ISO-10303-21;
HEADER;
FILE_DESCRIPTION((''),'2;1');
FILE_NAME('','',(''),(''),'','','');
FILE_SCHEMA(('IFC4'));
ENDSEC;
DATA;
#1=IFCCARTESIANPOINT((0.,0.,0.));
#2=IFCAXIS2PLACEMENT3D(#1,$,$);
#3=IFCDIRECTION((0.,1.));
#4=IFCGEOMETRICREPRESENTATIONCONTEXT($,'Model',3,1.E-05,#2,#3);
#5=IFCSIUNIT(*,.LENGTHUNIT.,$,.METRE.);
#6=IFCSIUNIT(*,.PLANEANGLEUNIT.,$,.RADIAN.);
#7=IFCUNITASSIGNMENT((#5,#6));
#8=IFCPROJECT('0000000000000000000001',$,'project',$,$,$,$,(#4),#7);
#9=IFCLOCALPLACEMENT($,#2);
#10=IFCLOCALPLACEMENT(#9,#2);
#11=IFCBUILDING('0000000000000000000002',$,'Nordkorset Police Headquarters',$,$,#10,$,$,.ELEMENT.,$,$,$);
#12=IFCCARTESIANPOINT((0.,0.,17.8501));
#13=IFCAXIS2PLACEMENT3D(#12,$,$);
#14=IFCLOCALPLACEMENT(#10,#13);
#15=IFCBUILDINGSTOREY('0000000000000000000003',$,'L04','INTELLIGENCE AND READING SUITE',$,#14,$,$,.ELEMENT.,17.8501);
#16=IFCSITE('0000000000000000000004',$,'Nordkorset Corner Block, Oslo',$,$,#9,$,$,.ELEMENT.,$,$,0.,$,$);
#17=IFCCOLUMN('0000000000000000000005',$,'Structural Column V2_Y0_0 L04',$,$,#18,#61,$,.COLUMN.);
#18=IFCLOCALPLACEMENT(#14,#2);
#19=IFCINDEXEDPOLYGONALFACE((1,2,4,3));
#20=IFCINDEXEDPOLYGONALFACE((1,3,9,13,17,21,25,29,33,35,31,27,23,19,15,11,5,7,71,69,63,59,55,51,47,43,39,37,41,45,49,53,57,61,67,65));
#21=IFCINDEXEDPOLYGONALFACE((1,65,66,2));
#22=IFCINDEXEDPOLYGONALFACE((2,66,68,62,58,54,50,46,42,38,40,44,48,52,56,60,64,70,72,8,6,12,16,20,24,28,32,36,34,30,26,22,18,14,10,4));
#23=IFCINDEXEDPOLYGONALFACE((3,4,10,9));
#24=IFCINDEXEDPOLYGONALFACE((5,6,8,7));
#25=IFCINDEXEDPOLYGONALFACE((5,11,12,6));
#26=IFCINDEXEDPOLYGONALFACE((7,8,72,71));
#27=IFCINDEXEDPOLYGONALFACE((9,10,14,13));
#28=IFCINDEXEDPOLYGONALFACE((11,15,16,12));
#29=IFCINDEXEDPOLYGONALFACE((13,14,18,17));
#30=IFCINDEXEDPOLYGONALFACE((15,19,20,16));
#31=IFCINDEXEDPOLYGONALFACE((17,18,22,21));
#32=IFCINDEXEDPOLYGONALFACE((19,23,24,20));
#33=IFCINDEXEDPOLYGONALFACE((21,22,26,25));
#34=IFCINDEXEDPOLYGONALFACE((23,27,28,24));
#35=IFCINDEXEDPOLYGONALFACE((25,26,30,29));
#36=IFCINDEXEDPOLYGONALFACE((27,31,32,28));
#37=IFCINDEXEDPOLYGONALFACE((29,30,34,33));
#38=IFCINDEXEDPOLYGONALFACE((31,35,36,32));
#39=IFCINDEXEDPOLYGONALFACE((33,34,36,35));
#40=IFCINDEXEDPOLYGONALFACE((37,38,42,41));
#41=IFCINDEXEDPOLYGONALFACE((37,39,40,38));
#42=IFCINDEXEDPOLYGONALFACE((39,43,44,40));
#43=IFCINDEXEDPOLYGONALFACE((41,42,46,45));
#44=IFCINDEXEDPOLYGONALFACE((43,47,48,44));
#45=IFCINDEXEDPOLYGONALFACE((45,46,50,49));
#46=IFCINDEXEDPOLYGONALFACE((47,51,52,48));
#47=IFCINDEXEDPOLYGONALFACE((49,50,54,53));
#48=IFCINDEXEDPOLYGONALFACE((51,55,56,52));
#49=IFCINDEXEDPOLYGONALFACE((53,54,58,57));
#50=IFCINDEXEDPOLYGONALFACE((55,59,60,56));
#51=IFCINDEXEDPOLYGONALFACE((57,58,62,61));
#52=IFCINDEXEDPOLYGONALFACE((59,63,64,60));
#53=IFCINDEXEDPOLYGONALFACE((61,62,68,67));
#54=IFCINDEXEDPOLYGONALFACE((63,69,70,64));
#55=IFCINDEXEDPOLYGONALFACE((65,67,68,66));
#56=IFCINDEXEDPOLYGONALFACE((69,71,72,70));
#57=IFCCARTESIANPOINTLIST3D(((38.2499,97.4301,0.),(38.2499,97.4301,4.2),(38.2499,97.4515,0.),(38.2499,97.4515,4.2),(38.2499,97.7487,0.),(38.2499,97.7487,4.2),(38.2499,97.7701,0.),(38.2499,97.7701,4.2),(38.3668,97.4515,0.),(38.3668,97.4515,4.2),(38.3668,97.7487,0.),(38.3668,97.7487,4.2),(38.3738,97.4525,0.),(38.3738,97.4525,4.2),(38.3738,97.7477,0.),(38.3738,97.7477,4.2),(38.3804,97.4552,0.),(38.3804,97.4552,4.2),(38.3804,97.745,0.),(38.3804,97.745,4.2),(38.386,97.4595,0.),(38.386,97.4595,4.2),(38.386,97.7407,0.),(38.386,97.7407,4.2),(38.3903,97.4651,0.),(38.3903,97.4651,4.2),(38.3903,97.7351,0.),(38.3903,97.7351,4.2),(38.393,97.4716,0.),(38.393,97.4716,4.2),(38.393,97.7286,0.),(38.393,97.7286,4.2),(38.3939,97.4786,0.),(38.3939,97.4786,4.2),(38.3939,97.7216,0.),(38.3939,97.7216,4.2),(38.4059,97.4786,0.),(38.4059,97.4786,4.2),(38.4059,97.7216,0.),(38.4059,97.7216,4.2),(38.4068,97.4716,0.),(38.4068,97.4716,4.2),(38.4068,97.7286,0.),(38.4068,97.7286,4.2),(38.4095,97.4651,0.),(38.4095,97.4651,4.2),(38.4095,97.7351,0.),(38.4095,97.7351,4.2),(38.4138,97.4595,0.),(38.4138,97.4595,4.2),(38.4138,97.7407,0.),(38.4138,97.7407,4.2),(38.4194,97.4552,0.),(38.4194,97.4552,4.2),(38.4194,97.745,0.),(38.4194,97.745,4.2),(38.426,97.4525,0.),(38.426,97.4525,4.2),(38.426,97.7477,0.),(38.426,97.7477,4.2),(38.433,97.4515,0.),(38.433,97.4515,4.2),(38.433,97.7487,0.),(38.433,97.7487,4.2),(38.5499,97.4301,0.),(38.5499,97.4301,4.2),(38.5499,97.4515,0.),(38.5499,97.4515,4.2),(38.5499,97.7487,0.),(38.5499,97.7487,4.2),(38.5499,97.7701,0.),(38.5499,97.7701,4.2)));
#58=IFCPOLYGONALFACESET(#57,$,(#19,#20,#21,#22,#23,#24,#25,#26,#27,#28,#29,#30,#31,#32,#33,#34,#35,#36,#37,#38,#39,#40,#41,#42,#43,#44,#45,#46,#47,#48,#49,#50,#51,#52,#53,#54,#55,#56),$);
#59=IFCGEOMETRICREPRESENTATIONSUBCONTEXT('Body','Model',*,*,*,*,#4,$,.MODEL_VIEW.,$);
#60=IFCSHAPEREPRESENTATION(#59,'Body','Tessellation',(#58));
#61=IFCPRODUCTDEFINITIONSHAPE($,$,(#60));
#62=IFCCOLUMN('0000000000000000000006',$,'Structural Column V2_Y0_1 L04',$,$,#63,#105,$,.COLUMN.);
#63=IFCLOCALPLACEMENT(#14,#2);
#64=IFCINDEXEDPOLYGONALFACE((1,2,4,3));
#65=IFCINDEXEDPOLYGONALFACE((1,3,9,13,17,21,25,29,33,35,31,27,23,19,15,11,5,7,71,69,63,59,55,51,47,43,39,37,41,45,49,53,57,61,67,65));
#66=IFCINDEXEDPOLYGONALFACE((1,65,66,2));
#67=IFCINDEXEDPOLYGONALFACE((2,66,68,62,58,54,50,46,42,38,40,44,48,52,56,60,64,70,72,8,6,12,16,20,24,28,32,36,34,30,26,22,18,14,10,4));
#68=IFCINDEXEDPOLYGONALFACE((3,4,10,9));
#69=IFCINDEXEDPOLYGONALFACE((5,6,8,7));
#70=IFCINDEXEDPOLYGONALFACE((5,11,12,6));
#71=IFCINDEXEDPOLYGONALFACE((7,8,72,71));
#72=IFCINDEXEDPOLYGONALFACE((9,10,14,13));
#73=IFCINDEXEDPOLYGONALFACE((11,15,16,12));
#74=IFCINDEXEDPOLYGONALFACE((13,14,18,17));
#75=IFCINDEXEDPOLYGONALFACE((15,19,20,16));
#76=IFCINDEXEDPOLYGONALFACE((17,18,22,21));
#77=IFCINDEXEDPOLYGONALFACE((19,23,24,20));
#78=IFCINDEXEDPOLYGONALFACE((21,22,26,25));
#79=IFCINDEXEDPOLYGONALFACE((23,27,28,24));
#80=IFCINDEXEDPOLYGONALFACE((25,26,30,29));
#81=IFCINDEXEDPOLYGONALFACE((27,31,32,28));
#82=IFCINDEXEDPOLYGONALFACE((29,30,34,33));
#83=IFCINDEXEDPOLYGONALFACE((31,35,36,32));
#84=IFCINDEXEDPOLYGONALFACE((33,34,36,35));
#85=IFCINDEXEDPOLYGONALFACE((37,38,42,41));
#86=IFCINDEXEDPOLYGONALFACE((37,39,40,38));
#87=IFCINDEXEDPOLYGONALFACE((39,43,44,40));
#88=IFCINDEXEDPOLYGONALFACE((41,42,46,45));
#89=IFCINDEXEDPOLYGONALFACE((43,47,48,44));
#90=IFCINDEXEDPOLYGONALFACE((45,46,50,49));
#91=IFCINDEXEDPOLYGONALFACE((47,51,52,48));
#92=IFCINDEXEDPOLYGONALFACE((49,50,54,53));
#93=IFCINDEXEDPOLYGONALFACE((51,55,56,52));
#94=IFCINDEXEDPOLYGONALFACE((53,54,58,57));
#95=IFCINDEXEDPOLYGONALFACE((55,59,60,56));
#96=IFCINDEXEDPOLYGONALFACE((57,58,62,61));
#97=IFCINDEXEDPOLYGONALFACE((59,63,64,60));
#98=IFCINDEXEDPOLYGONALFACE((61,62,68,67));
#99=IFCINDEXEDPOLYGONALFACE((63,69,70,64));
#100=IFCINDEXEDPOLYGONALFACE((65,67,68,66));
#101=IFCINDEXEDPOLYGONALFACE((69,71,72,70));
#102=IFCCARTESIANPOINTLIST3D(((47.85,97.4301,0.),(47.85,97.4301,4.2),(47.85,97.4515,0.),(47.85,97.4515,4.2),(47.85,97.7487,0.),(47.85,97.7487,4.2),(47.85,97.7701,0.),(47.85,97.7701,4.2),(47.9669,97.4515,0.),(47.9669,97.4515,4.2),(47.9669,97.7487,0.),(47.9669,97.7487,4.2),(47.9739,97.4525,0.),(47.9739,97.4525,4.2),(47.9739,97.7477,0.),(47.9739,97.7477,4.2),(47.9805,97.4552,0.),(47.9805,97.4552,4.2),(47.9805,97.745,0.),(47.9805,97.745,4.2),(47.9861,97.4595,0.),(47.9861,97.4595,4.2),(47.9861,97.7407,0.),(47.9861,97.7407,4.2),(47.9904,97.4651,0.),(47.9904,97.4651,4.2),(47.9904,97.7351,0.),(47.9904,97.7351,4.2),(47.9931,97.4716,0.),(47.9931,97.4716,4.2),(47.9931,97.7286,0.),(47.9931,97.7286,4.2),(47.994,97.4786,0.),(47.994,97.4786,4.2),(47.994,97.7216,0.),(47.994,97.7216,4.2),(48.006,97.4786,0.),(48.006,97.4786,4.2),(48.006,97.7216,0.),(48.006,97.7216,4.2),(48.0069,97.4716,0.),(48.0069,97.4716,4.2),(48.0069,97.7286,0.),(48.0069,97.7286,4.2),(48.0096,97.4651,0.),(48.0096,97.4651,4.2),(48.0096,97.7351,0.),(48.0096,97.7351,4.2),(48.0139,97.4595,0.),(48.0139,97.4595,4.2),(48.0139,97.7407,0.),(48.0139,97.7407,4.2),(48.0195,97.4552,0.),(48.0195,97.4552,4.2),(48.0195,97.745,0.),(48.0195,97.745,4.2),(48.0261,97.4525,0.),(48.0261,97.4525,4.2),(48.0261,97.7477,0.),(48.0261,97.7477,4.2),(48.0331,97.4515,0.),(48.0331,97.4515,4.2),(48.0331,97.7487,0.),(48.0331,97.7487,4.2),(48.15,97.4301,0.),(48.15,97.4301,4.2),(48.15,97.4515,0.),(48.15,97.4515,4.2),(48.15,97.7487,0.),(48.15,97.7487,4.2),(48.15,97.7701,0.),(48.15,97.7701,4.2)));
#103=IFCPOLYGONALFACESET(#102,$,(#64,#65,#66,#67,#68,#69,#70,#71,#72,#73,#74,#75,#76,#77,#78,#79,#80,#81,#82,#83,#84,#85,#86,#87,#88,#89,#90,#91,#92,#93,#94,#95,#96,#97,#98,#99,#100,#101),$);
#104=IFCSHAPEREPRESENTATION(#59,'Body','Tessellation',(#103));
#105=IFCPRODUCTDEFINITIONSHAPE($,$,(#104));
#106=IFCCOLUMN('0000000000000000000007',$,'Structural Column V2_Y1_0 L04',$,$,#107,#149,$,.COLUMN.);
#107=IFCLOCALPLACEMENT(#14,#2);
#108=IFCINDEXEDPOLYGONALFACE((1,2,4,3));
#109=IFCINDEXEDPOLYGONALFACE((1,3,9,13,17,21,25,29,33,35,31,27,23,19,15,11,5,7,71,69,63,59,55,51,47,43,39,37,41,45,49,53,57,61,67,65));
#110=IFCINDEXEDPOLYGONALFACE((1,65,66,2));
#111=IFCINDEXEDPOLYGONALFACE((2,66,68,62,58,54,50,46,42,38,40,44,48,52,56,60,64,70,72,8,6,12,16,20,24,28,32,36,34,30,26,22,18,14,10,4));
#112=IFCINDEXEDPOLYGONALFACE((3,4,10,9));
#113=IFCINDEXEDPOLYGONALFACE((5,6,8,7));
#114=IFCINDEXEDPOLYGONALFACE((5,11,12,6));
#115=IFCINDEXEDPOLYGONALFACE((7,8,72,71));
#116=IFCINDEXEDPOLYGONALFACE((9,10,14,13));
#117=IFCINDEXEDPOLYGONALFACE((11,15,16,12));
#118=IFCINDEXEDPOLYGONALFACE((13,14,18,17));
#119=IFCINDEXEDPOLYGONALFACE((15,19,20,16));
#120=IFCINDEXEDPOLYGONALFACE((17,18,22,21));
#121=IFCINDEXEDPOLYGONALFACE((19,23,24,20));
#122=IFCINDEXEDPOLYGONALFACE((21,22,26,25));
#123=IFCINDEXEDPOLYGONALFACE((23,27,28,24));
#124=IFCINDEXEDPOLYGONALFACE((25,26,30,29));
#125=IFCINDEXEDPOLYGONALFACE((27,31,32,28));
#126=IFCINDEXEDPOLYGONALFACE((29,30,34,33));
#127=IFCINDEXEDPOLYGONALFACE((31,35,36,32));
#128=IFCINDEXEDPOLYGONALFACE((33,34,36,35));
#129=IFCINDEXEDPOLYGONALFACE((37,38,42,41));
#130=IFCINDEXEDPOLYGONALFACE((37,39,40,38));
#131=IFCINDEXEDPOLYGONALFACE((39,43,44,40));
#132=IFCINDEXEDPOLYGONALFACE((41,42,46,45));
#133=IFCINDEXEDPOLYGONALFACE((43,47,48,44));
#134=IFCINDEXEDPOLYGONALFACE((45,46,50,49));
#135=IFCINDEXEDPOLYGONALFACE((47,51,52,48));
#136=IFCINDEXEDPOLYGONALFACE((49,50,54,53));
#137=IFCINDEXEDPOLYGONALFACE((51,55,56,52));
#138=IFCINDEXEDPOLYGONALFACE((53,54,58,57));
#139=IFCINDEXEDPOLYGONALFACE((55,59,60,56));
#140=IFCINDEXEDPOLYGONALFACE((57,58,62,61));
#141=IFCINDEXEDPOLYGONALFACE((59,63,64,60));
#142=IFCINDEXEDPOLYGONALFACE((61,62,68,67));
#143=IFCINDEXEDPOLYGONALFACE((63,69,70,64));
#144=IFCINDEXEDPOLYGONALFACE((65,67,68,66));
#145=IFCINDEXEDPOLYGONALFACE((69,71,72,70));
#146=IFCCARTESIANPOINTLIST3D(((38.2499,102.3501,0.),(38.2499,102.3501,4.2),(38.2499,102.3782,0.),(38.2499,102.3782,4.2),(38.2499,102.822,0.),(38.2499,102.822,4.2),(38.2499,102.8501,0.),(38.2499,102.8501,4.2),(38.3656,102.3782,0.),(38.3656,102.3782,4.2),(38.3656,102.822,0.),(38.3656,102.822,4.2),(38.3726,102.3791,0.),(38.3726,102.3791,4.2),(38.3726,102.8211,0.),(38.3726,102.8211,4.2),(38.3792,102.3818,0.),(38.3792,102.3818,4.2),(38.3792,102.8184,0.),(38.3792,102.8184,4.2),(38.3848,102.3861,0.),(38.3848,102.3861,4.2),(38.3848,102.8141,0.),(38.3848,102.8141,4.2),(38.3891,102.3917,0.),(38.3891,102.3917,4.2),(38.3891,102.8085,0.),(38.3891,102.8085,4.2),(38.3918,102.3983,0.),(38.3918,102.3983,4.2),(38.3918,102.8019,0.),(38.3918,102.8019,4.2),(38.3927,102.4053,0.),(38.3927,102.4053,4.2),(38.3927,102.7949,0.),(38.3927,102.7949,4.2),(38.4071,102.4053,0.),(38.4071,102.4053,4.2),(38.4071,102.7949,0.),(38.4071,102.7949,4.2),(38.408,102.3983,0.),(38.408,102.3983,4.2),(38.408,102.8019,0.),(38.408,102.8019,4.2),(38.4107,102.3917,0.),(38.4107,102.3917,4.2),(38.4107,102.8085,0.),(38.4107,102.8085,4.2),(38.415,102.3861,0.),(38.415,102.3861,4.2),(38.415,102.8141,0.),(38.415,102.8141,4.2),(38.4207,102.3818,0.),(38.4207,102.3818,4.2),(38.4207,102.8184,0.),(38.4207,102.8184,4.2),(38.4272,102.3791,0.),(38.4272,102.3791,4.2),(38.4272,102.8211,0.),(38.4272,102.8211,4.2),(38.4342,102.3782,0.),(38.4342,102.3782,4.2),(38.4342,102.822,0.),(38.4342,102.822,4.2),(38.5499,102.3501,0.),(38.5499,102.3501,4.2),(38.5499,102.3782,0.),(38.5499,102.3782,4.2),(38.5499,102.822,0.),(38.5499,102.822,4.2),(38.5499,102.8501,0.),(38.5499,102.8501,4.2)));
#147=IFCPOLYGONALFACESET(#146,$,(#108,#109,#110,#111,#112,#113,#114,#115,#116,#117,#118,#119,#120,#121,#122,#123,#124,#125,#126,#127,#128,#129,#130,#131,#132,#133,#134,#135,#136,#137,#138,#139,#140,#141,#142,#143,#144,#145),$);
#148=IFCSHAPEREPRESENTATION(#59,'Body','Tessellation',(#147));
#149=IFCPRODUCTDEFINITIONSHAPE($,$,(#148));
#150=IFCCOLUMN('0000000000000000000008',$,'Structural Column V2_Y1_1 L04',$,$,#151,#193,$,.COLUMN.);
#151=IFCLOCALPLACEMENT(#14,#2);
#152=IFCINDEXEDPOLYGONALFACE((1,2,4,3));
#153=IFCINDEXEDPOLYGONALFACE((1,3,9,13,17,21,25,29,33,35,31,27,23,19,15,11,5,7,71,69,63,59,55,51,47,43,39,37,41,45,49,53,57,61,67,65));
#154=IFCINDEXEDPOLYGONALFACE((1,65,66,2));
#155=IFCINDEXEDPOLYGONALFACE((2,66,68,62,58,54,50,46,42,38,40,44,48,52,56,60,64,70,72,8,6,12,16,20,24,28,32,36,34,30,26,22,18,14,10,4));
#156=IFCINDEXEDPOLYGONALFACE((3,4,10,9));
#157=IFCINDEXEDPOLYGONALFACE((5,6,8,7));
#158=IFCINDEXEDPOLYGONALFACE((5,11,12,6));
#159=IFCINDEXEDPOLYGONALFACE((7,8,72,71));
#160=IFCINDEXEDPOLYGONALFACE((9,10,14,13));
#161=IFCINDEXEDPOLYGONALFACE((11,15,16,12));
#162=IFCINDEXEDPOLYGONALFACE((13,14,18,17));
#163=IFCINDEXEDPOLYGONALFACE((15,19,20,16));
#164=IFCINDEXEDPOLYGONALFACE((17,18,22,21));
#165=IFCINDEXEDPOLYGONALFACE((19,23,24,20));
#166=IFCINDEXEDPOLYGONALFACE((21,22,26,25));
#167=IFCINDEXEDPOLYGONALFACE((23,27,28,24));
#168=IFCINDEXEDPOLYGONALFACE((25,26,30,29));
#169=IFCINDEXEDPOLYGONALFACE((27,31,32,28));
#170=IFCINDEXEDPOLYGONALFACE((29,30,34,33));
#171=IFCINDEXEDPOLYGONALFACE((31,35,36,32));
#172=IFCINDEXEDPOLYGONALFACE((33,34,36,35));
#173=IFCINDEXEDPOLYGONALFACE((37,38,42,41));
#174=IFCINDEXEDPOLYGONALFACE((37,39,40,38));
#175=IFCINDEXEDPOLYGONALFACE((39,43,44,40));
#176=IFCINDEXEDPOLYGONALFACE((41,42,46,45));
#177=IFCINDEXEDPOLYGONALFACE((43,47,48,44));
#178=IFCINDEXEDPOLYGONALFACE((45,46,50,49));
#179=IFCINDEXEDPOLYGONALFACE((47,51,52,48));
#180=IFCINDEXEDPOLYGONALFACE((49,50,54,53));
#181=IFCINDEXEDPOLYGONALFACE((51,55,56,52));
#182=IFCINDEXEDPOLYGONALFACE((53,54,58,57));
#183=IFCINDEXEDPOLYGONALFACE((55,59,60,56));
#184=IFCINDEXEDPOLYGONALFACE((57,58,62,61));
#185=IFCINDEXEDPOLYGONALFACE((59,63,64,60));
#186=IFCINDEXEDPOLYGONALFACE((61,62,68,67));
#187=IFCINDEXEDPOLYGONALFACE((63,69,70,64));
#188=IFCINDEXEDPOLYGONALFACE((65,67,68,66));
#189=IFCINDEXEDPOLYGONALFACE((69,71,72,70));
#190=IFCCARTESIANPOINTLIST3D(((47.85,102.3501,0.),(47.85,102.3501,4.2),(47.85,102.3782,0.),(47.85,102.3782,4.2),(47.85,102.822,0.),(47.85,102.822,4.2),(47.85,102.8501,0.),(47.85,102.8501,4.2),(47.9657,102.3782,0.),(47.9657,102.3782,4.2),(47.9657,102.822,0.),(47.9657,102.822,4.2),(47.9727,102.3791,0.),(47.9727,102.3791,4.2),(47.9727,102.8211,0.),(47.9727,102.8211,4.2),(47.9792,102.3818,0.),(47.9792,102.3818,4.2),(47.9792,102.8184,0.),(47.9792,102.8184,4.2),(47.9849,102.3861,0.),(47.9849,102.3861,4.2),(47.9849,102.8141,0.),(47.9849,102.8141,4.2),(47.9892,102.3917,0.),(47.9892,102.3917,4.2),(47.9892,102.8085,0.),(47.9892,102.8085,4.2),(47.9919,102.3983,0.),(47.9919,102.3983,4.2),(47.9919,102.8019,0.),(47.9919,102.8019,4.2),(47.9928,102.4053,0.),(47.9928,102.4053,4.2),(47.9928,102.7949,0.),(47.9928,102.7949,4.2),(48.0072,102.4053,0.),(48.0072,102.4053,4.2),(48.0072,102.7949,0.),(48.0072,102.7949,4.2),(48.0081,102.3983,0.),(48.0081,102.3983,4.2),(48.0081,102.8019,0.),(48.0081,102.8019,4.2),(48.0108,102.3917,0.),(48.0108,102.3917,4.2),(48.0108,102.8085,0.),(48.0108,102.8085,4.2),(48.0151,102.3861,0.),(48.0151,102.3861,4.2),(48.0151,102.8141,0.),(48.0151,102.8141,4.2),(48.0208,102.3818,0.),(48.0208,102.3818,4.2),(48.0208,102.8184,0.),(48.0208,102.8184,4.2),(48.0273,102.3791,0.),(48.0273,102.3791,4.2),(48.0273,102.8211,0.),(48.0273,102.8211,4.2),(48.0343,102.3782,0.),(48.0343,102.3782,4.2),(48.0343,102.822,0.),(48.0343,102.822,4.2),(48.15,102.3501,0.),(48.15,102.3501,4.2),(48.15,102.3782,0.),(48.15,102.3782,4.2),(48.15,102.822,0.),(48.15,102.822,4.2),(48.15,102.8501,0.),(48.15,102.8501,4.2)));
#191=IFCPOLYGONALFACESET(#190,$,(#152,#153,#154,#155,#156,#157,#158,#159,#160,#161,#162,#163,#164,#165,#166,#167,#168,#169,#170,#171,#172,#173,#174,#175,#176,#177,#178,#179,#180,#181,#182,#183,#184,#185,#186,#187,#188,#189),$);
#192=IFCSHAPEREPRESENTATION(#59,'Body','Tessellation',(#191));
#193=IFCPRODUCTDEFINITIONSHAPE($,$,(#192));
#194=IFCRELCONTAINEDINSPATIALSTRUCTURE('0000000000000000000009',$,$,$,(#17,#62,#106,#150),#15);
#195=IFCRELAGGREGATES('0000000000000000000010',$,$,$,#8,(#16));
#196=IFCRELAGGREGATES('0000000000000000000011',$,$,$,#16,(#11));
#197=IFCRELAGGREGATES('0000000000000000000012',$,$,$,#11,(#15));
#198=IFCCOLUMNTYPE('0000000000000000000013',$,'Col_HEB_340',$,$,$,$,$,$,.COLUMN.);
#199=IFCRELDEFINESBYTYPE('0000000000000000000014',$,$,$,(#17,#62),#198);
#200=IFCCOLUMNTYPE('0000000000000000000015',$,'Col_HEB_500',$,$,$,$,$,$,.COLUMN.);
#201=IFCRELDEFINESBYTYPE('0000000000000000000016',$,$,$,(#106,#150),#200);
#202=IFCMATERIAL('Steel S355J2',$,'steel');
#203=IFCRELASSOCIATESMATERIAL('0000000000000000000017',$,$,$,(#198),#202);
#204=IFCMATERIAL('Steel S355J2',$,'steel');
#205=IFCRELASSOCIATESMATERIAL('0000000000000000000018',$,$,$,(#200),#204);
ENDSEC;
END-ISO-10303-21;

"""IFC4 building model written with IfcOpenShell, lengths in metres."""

from ifc_helpers import new_model, si_unit, direction, frame, origin, origin_2d, place, context, subcontext, project, spatial, i_section, extrude, material, material_profile, profile_set, type_object, element, save


model = new_model("IFC4")

# Units and contexts
model_context = context("Model", 3, precision=1e-05, world=origin(), true_north=direction((0.0, 1.0)))
body_context = subcontext(model_context, "Body", "Model", "MODEL_VIEW")
ifc_project = project(units=[si_unit("LENGTHUNIT", "METRE"), si_unit("PLANEANGLEUNIT", "RADIAN")], contexts=[model_context])

# Site, building, storey
site_placement = place(None, origin())
site = spatial("IfcSite", under=ifc_project, at=site_placement, Name="Nordkorset Corner Block, Oslo", CompositionType="ELEMENT", RefElevation=0.0)
building_placement = place(site_placement, origin())
building = spatial("IfcBuilding", under=site, at=building_placement, Name="Nordkorset Police Headquarters", CompositionType="ELEMENT")
storey_placement = place(building_placement, frame((0.0, 0.0, 17.8501)))
storey = spatial("IfcBuildingStorey", under=building, at=storey_placement, Name="L04", Description="INTELLIGENCE AND READING SUITE", CompositionType="ELEMENT", Elevation=17.8501)

# Columns
ifc_material_1 = material(Name="Steel S355J2", Category="steel")
ifc_material_profile_1 = material_profile(ifc_material_1, i_section(OverallWidth=0.3, OverallDepth=0.3401, WebThickness=0.012, FlangeThickness=0.0215, FilletRadius=0.0271, at=origin_2d()), Name="HEB 340")
ifc_profile_set_1 = profile_set([ifc_material_profile_1], Name="Steel S355J2")
column_type_1 = type_object("IfcColumnType", Name="Col_HEB_340", PredefinedType="COLUMN", material=ifc_profile_set_1)
for number, where, z_axis, x_axis, name in (
    (1, (38.3999, 97.6001, 0.0), (0.0, 0.0, 1.0), (1.0, 0.0, 0.0), "Structural Column V2_Y0_0 L04"),
    (2, (48.0, 97.6001, 0.0), (0.0, 0.0, 1.0), (1.0, 0.0, 0.0), "Structural Column V2_Y0_1 L04"),
):
    element("IfcColumn", number, at=place(storey_placement, frame(where, z_axis=z_axis, x_axis=x_axis)), inside=storey, type_object=column_type_1, Name=name, PredefinedType="COLUMN", context=body_context, shape_type="SweptSolid", body=[
        extrude(i_section(OverallWidth=0.3, OverallDepth=0.3401, WebThickness=0.012, FlangeThickness=0.0215, FilletRadius=0.0271, at=origin_2d()), origin(), (0.0, 0.0, 1.0), 4.2),
    ])
ifc_material_2 = material(Name="Steel S355J2", Category="steel")
ifc_material_profile_2 = material_profile(ifc_material_2, i_section(OverallWidth=0.3, OverallDepth=0.5, WebThickness=0.0144, FlangeThickness=0.0281, FilletRadius=0.0271, at=origin_2d()), Name="HEB 500")
ifc_profile_set_2 = profile_set([ifc_material_profile_2], Name="Steel S355J2")
column_type_2 = type_object("IfcColumnType", Name="Col_HEB_500", PredefinedType="COLUMN", material=ifc_profile_set_2)
for number, where, z_axis, x_axis, name in (
    (3, (38.3999, 102.6001, 0.0), (0.0, 0.0, 1.0), (1.0, 0.0, 0.0), "Structural Column V2_Y1_0 L04"),
    (4, (48.0, 102.6001, 0.0), (0.0, 0.0, 1.0), (1.0, 0.0, 0.0), "Structural Column V2_Y1_1 L04"),
):
    element("IfcColumn", number, at=place(storey_placement, frame(where, z_axis=z_axis, x_axis=x_axis)), inside=storey, type_object=column_type_2, Name=name, PredefinedType="COLUMN", context=body_context, shape_type="SweptSolid", body=[
        extrude(i_section(OverallWidth=0.3, OverallDepth=0.5, WebThickness=0.0144, FlangeThickness=0.0281, FilletRadius=0.0271, at=origin_2d()), origin(), (0.0, 0.0, 1.0), 4.2),
    ])

save(model, "model.ifc")
